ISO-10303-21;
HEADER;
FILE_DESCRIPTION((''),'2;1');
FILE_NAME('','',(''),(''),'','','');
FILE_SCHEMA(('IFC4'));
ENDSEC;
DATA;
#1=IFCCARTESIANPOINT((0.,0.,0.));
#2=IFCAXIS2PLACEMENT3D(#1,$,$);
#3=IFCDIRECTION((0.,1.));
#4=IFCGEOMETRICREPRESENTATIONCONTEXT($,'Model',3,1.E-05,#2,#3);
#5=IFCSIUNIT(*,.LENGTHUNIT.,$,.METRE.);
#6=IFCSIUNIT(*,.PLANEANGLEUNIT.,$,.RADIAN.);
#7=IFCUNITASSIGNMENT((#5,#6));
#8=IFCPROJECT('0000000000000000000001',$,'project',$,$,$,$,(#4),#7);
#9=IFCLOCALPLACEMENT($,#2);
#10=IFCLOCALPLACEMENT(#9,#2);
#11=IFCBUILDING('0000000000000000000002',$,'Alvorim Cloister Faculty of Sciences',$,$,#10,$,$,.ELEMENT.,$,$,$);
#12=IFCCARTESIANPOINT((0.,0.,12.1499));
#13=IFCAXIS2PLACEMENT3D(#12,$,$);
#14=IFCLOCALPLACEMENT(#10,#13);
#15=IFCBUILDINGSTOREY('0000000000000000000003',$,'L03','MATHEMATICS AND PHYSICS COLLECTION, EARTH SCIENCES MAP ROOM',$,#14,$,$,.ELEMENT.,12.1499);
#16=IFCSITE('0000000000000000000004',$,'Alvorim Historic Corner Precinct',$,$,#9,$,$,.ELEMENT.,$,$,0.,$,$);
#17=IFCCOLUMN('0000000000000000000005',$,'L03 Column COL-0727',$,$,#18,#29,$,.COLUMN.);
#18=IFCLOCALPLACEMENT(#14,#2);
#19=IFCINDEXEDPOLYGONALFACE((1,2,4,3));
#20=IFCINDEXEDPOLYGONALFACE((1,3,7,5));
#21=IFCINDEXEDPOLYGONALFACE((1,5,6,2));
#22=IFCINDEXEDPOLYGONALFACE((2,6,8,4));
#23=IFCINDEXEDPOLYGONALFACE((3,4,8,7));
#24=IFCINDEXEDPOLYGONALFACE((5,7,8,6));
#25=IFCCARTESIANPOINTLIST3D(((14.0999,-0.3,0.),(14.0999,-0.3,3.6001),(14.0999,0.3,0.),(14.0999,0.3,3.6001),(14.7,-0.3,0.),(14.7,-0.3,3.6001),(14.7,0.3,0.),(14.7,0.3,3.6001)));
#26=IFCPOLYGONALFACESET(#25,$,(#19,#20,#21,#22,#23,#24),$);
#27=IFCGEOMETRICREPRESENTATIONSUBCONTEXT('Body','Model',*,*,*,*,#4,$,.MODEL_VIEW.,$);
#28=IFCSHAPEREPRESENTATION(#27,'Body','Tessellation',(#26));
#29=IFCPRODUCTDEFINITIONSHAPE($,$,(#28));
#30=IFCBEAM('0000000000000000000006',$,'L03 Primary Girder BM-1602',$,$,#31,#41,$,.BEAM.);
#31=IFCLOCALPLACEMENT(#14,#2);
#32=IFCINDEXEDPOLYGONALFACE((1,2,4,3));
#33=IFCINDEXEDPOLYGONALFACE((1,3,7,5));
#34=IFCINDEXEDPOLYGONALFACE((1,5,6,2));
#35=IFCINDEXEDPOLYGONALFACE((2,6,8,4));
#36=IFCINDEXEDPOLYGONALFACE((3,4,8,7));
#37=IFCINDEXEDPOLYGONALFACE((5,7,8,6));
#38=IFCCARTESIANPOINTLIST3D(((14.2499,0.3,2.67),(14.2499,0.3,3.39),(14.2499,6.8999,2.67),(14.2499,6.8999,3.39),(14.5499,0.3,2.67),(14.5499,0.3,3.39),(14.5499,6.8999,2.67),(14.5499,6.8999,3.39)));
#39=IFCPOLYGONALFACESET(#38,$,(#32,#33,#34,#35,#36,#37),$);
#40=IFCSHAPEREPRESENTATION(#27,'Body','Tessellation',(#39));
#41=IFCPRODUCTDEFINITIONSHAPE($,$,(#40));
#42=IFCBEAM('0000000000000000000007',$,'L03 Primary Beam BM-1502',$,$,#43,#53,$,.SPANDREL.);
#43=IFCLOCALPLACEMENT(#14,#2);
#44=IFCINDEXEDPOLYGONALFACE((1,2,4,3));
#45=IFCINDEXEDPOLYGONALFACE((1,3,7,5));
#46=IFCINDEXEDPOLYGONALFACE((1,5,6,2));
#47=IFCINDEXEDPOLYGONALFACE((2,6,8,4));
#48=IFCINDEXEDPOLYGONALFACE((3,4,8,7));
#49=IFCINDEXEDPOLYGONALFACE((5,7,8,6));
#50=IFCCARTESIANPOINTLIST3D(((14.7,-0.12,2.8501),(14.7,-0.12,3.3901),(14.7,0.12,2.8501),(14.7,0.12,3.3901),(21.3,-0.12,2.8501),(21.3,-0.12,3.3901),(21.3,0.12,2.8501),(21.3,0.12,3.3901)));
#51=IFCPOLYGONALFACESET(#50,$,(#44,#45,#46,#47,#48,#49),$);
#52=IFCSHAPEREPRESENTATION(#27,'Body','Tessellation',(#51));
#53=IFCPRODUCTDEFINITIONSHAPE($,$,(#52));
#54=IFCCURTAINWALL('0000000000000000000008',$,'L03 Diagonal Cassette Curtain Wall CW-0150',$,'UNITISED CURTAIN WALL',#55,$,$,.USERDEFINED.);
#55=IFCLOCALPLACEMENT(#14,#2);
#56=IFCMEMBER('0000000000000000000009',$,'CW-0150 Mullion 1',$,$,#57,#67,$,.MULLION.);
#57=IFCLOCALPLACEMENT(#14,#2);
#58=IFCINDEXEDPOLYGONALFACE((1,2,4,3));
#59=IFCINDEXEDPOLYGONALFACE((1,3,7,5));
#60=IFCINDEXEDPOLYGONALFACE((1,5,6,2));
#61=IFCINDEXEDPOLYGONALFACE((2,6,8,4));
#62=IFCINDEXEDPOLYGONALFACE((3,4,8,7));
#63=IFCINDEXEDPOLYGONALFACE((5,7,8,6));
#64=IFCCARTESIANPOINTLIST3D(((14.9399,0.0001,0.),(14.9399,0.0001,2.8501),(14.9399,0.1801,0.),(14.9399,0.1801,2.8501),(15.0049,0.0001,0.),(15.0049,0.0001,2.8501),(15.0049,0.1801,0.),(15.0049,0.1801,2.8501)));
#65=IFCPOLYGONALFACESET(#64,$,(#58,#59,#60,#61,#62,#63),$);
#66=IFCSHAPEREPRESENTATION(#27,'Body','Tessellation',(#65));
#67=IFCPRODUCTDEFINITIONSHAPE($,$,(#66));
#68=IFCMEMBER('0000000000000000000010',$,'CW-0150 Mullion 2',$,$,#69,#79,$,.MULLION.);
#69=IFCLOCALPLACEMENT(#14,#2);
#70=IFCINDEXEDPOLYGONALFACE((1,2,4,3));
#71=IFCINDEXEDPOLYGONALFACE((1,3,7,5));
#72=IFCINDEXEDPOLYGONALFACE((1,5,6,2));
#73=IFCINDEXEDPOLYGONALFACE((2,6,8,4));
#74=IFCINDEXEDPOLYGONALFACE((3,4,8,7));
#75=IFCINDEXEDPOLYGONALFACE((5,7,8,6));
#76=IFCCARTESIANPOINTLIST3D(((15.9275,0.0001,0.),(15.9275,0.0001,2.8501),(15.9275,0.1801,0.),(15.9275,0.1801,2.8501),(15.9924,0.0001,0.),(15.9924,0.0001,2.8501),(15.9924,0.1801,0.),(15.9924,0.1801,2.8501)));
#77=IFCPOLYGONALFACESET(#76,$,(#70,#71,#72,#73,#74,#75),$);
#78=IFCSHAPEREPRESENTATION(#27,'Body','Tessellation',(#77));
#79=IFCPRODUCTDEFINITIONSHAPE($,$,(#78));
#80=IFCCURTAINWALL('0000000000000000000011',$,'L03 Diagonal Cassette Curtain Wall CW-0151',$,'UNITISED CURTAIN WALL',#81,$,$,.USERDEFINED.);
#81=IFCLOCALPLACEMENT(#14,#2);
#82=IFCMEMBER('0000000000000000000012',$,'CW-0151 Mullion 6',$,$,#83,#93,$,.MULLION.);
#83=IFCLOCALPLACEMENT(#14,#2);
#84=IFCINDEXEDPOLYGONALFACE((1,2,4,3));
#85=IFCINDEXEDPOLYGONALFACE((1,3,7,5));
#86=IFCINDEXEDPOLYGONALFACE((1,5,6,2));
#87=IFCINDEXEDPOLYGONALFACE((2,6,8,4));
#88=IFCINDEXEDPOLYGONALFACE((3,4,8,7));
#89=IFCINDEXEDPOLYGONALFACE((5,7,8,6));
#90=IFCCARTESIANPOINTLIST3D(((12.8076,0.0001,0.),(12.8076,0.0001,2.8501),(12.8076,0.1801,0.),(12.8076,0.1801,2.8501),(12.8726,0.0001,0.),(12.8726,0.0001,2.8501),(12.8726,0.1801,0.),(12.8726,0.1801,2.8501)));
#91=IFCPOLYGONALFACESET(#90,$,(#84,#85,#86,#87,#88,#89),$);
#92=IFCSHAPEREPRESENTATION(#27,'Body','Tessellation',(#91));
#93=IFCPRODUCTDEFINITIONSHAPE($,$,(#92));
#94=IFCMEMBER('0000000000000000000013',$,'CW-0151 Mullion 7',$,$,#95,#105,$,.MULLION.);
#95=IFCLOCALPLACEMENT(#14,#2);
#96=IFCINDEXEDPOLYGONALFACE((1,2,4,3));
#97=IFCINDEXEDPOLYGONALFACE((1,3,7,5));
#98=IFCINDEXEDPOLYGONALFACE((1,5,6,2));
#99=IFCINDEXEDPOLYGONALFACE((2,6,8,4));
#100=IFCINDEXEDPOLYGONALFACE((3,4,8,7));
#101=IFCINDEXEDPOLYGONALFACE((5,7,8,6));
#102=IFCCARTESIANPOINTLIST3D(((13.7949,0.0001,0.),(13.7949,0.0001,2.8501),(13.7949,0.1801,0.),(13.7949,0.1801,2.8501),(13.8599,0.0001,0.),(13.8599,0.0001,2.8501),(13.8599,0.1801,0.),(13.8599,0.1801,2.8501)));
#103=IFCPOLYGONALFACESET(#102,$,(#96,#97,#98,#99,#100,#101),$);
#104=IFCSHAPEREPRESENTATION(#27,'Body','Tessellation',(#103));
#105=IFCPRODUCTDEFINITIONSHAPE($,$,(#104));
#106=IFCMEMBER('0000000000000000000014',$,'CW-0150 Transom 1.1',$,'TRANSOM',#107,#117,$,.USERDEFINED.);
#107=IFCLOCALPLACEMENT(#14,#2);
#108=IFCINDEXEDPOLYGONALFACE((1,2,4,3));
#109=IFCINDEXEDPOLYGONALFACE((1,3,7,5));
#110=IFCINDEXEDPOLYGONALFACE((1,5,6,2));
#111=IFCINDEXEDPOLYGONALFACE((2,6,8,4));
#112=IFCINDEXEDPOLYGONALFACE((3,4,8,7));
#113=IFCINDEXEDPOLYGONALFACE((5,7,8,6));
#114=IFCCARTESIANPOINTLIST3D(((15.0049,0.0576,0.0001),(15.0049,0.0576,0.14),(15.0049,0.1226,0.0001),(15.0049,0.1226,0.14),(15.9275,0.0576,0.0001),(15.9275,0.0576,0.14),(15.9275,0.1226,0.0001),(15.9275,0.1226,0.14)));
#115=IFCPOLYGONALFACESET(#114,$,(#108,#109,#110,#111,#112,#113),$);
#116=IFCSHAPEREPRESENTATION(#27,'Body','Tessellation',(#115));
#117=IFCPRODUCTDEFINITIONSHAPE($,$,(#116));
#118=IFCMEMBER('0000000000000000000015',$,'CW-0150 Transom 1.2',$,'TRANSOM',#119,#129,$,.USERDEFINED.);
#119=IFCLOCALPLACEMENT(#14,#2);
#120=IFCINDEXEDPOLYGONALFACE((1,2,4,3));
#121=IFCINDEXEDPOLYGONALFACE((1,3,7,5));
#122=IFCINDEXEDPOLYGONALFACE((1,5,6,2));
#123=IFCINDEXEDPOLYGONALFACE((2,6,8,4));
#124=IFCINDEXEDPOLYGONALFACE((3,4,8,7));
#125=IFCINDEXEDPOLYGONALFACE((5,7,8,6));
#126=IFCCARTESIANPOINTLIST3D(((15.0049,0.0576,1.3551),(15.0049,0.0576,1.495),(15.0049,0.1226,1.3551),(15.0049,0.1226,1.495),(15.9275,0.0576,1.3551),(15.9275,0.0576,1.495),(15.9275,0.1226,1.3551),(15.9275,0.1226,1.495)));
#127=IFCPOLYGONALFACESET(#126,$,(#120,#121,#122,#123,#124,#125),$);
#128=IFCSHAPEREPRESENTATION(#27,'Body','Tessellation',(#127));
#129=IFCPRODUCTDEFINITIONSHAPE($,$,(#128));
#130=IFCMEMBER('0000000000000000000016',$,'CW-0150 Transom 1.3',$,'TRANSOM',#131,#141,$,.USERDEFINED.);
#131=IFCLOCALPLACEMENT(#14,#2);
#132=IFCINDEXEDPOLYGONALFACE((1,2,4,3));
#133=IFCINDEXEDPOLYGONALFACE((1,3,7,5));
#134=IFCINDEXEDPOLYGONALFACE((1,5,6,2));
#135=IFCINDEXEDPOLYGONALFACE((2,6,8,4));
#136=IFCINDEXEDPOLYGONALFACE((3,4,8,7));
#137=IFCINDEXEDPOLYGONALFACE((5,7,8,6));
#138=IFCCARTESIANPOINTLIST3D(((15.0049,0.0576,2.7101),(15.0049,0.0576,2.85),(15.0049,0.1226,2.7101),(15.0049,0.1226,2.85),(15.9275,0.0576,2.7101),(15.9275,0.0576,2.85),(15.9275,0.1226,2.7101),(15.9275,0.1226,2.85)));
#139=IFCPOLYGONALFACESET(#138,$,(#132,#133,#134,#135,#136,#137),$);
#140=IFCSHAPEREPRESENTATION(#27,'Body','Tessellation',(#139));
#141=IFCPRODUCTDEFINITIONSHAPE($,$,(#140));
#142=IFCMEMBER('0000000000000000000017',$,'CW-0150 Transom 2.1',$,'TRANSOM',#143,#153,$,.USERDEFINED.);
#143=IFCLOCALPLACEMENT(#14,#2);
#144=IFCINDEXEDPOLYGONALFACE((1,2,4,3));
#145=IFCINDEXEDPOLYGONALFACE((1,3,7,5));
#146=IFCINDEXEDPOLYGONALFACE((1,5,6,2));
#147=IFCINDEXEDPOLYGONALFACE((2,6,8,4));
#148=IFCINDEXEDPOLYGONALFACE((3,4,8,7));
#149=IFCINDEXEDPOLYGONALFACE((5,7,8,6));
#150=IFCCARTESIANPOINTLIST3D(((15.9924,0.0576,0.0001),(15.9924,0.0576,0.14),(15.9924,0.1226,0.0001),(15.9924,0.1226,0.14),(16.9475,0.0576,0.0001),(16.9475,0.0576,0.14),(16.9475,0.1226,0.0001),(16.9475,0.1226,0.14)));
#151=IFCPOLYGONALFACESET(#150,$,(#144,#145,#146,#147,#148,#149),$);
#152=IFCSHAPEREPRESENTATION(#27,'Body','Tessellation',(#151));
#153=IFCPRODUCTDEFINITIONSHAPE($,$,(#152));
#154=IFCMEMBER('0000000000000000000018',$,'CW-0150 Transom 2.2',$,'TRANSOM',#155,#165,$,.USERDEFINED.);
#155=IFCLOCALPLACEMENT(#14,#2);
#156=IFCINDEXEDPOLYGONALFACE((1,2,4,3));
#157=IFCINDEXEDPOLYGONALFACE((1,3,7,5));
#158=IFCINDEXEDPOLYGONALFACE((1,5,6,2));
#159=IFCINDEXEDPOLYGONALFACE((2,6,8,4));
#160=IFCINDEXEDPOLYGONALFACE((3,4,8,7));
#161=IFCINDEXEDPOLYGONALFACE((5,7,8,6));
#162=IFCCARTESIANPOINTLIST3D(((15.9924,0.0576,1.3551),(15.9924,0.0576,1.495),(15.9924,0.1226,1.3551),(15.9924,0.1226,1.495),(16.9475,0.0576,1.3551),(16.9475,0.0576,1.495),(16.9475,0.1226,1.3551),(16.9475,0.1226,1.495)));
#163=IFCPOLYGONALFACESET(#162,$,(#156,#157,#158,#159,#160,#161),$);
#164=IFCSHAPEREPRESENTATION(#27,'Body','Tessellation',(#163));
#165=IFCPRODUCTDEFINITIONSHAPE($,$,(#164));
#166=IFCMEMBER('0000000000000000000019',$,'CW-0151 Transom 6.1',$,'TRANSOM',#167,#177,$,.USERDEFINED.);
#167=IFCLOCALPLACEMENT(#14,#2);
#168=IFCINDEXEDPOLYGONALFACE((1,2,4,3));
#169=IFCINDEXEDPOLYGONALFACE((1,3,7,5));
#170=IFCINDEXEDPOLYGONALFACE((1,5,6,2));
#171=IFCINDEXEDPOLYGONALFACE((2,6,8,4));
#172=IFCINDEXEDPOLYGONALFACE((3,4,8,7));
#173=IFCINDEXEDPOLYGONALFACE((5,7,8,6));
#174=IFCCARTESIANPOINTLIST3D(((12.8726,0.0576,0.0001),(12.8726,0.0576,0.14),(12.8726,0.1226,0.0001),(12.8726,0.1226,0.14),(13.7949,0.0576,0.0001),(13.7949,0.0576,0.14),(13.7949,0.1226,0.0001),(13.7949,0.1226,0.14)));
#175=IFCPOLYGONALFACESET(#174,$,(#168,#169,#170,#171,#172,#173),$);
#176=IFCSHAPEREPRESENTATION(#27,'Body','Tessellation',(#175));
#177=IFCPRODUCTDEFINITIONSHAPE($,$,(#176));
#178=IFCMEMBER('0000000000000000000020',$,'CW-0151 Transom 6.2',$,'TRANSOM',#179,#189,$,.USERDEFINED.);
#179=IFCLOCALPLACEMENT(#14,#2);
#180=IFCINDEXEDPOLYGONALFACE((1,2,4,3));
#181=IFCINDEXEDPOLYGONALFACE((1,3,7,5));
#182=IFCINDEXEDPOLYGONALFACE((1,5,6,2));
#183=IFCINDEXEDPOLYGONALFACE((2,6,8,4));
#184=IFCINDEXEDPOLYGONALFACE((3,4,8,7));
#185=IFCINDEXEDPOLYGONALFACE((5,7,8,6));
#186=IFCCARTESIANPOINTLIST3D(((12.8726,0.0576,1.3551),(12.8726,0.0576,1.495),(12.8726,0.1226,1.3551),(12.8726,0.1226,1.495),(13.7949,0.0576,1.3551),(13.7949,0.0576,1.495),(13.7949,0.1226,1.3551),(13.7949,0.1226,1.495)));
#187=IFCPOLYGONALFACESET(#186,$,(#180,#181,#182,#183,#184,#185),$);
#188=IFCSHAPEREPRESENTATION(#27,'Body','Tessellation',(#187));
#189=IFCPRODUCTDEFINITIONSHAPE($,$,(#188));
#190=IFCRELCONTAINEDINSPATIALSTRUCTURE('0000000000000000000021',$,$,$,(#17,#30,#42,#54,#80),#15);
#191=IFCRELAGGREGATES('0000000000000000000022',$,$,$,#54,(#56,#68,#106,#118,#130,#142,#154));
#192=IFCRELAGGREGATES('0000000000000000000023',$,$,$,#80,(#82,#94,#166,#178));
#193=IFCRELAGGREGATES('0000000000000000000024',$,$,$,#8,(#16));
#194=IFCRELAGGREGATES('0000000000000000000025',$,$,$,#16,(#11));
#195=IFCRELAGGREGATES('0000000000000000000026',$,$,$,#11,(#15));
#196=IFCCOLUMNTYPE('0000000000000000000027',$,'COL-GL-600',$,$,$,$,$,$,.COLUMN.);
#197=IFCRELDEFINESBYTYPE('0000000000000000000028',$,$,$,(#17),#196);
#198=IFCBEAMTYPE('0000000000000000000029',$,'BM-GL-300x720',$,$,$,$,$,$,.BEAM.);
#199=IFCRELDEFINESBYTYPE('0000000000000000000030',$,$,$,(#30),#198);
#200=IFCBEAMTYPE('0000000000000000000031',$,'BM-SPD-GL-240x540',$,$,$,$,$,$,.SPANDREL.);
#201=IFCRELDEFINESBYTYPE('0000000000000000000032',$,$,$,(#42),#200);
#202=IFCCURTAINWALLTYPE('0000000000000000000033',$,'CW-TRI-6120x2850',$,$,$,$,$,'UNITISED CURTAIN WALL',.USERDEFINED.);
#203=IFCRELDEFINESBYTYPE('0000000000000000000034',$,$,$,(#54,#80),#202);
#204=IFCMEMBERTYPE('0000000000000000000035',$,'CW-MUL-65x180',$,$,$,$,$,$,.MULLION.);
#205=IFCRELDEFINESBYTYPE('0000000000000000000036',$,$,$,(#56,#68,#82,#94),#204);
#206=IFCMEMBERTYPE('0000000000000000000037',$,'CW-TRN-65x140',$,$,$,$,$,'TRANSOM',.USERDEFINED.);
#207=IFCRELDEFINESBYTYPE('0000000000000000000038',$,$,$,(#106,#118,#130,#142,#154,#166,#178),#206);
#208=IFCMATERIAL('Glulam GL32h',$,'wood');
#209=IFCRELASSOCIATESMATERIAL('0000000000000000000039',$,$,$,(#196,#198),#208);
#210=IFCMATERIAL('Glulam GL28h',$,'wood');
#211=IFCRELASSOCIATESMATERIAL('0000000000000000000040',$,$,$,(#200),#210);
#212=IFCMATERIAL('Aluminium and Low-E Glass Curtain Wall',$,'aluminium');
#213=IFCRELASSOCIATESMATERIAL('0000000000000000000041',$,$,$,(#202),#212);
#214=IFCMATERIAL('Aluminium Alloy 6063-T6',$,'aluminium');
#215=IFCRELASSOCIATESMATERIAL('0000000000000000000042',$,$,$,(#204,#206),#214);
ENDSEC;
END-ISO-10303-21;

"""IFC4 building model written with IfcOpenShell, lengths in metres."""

from ifc_helpers import new_model, si_unit, direction, frame, origin, origin_2d, place, context, subcontext, project, spatial, rectangle, extrude, material, material_profile, profile_set, type_object, element, aggregate, save


model = new_model("IFC4")

# Units and contexts
model_context = context("Model", 3, precision=1e-05, world=origin(), true_north=direction((0.0, 1.0)))
body_context = subcontext(model_context, "Body", "Model", "MODEL_VIEW")
ifc_project = project(units=[si_unit("LENGTHUNIT", "METRE"), si_unit("PLANEANGLEUNIT", "RADIAN")], contexts=[model_context])

# Site, building, storey
site_placement = place(None, origin())
site = spatial("IfcSite", under=ifc_project, at=site_placement, Name="Alvorim Historic Corner Precinct", CompositionType="ELEMENT", RefElevation=0.0)
building_placement = place(site_placement, origin())
building = spatial("IfcBuilding", under=site, at=building_placement, Name="Alvorim Cloister Faculty of Sciences", CompositionType="ELEMENT")
storey_placement = place(building_placement, frame((0.0, 0.0, 12.1499)))
storey = spatial("IfcBuildingStorey", under=building, at=storey_placement, Name="L03", Description="MATHEMATICS AND PHYSICS COLLECTION, EARTH SCIENCES MAP ROOM", CompositionType="ELEMENT", Elevation=12.1499)

# Column
ifc_material_1 = material(Name="Glulam GL32h", Category="wood")
ifc_material_profile_1 = material_profile(ifc_material_1, rectangle(XDim=0.6001, YDim=0.6001, at=origin_2d()), Name="GL32-COL-600x600")
ifc_profile_set_1 = profile_set([ifc_material_profile_1], Name="Glulam GL32h")
column_type = type_object("IfcColumnType", Name="COL-GL-600", PredefinedType="COLUMN", material=ifc_profile_set_1)
column_placement = place(storey_placement, frame((14.3999, 0.0, 0.0), z_axis=(0.0, 0.0, 1.0), x_axis=(1.0, 0.0, 0.0)))
element("IfcColumn", 1, at=column_placement, inside=storey, type_object=column_type, Name="L03 Column COL-0727", PredefinedType="COLUMN", context=body_context, shape_type="SweptSolid", body=[
    extrude(rectangle(XDim=0.6001, YDim=0.6001, at=origin_2d()), origin(), (0.0, 0.0, 1.0), 3.6001),
])

# Beams
ifc_material_profile_2 = material_profile(ifc_material_1, rectangle(XDim=0.3, YDim=0.72, at=origin_2d()), Name="GL32-BM-300x720")
ifc_profile_set_2 = profile_set([ifc_material_profile_2], Name="Glulam GL32h")
beam_type_1 = type_object("IfcBeamType", Name="BM-GL-300x720", PredefinedType="BEAM", material=ifc_profile_set_2)
beam_1_placement = place(storey_placement, frame((14.3999, 0.3, 3.03), z_axis=(0.0, 1.0, 0.0), x_axis=(-1.0, 0.0, 0.0)))
element("IfcBeam", 2, at=beam_1_placement, inside=storey, type_object=beam_type_1, Name="L03 Primary Girder BM-1602", PredefinedType="BEAM", context=body_context, shape_type="SweptSolid", body=[
    extrude(rectangle(XDim=0.3, YDim=0.72, at=origin_2d()), origin(), (0.0, 0.0, 1.0), 6.5999),
])
ifc_material_2 = material(Name="Glulam GL28h", Category="wood")
ifc_material_profile_3 = material_profile(ifc_material_2, rectangle(XDim=0.24, YDim=0.54, at=origin_2d()), Name="GL28-SPD-240x540")
ifc_profile_set_3 = profile_set([ifc_material_profile_3], Name="Glulam GL28h")
beam_type_2 = type_object("IfcBeamType", Name="BM-SPD-GL-240x540", PredefinedType="SPANDREL", material=ifc_profile_set_3)
beam_2_placement = place(storey_placement, frame((14.7, 0.0, 3.1201), z_axis=(1.0, 0.0, 0.0), x_axis=(0.0, 1.0, 0.0)))
element("IfcBeam", 3, at=beam_2_placement, inside=storey, type_object=beam_type_2, Name="L03 Primary Beam BM-1502", PredefinedType="SPANDREL", context=body_context, shape_type="SweptSolid", body=[
    extrude(rectangle(XDim=0.24, YDim=0.54, at=origin_2d()), origin(), (0.0, 0.0, 1.0), 6.6001),
])

# Curtain walls, members
ifc_material_3 = material(Name="Aluminium and Low-E Glass Curtain Wall", Category="aluminium")
curtain_wall_type = type_object("IfcCurtainWallType", Name="CW-TRI-6120x2850", ElementType="UNITISED CURTAIN WALL", PredefinedType="USERDEFINED", material=ifc_material_3)
curtain_wall_1_placement = place(storey_placement, origin())
curtain_wall_1 = element("IfcCurtainWall", 4, at=curtain_wall_1_placement, inside=storey, type_object=curtain_wall_type, Name="L03 Diagonal Cassette Curtain Wall CW-0150", ObjectType="UNITISED CURTAIN WALL", PredefinedType="USERDEFINED")
ifc_material_4 = material(Name="Aluminium Alloy 6063-T6", Category="aluminium")
ifc_material_profile_4 = material_profile(ifc_material_4, rectangle(XDim=0.0649, YDim=0.1799, at=origin_2d()), Name="ALU-MUL-65x180")
ifc_profile_set_4 = profile_set([ifc_material_profile_4], Name="Aluminium Alloy 6063-T6")
member_type_1 = type_object("IfcMemberType", Name="CW-MUL-65x180", PredefinedType="MULLION", material=ifc_profile_set_4)
member_1_placement = place(storey_placement, frame((14.9724, 0.0901, 0.0), z_axis=(0.0, 0.0, 1.0), x_axis=(1.0, 0.0, 0.0)))
member_1 = element("IfcMember", 5, at=member_1_placement, type_object=member_type_1, Name="CW-0150 Mullion 1", PredefinedType="MULLION", context=body_context, shape_type="SweptSolid", body=[
    extrude(rectangle(XDim=0.0649, YDim=0.1799, at=origin_2d()), origin(), (0.0, 0.0, 1.0), 2.8501),
])
member_2_placement = place(storey_placement, frame((15.96, 0.0901, 0.0), z_axis=(0.0, 0.0, 1.0), x_axis=(1.0, 0.0, 0.0)))
member_2 = element("IfcMember", 6, at=member_2_placement, type_object=member_type_1, Name="CW-0150 Mullion 2", PredefinedType="MULLION", context=body_context, shape_type="SweptSolid", body=[
    extrude(rectangle(XDim=0.0649, YDim=0.1799, at=origin_2d()), origin(), (0.0, 0.0, 1.0), 2.8501),
])
curtain_wall_2_placement = place(storey_placement, origin())
curtain_wall_2 = element("IfcCurtainWall", 7, at=curtain_wall_2_placement, inside=storey, type_object=curtain_wall_type, Name="L03 Diagonal Cassette Curtain Wall CW-0151", ObjectType="UNITISED CURTAIN WALL", PredefinedType="USERDEFINED")
member_3_placement = place(storey_placement, frame((12.8401, 0.0901, 0.0), z_axis=(0.0, 0.0, 1.0), x_axis=(1.0, 0.0, 0.0)))
member_3 = element("IfcMember", 8, at=member_3_placement, type_object=member_type_1, Name="CW-0151 Mullion 6", PredefinedType="MULLION", context=body_context, shape_type="SweptSolid", body=[
    extrude(rectangle(XDim=0.0649, YDim=0.1799, at=origin_2d()), origin(), (0.0, 0.0, 1.0), 2.8501),
])
member_4_placement = place(storey_placement, frame((13.8274, 0.0901, 0.0), z_axis=(0.0, 0.0, 1.0), x_axis=(1.0, 0.0, 0.0)))
member_4 = element("IfcMember", 9, at=member_4_placement, type_object=member_type_1, Name="CW-0151 Mullion 7", PredefinedType="MULLION", context=body_context, shape_type="SweptSolid", body=[
    extrude(rectangle(XDim=0.0649, YDim=0.1799, at=origin_2d()), origin(), (0.0, 0.0, 1.0), 2.8501),
])

# Members
ifc_material_profile_5 = material_profile(ifc_material_4, rectangle(XDim=0.0649, YDim=0.1399, at=origin_2d()), Name="ALU-TRN-65x140")
ifc_profile_set_5 = profile_set([ifc_material_profile_5], Name="Aluminium Alloy 6063-T6")
member_type_2 = type_object("IfcMemberType", Name="CW-TRN-65x140", ElementType="TRANSOM", PredefinedType="USERDEFINED", material=ifc_profile_set_5)
member_5_placement = place(storey_placement, frame((15.0049, 0.0901, 0.0701), z_axis=(1.0, 0.0, 0.0), x_axis=(0.0, 1.0, 0.0)))
member_5 = element("IfcMember", 10, at=member_5_placement, type_object=member_type_2, Name="CW-0150 Transom 1.1", ObjectType="TRANSOM", PredefinedType="USERDEFINED", context=body_context, shape_type="SweptSolid", body=[
    extrude(rectangle(XDim=0.0649, YDim=0.1399, at=origin_2d()), origin(), (0.0, 0.0, 1.0), 0.9226),
])
member_6_placement = place(storey_placement, frame((15.0049, 0.0901, 1.425), z_axis=(1.0, 0.0, 0.0), x_axis=(0.0, 1.0, 0.0)))
member_6 = element("IfcMember", 11, at=member_6_placement, type_object=member_type_2, Name="CW-0150 Transom 1.2", ObjectType="TRANSOM", PredefinedType="USERDEFINED", context=body_context, shape_type="SweptSolid", body=[
    extrude(rectangle(XDim=0.0649, YDim=0.1399, at=origin_2d()), origin(), (0.0, 0.0, 1.0), 0.9226),
])
member_7_placement = place(storey_placement, frame((15.0049, 0.0901, 2.78), z_axis=(1.0, 0.0, 0.0), x_axis=(0.0, 1.0, 0.0)))
member_7 = element("IfcMember", 12, at=member_7_placement, type_object=member_type_2, Name="CW-0150 Transom 1.3", ObjectType="TRANSOM", PredefinedType="USERDEFINED", context=body_context, shape_type="SweptSolid", body=[
    extrude(rectangle(XDim=0.0649, YDim=0.1399, at=origin_2d()), origin(), (0.0, 0.0, 1.0), 0.9226),
])
member_8_placement = place(storey_placement, frame((15.9924, 0.0901, 0.0701), z_axis=(1.0, 0.0, 0.0), x_axis=(0.0, 1.0, 0.0)))
member_8 = element("IfcMember", 13, at=member_8_placement, type_object=member_type_2, Name="CW-0150 Transom 2.1", ObjectType="TRANSOM", PredefinedType="USERDEFINED", context=body_context, shape_type="SweptSolid", body=[
    extrude(rectangle(XDim=0.0649, YDim=0.1399, at=origin_2d()), origin(), (0.0, 0.0, 1.0), 0.9551),
])
member_9_placement = place(storey_placement, frame((15.9924, 0.0901, 1.425), z_axis=(1.0, 0.0, 0.0), x_axis=(0.0, 1.0, 0.0)))
member_9 = element("IfcMember", 14, at=member_9_placement, type_object=member_type_2, Name="CW-0150 Transom 2.2", ObjectType="TRANSOM", PredefinedType="USERDEFINED", context=body_context, shape_type="SweptSolid", body=[
    extrude(rectangle(XDim=0.0649, YDim=0.1399, at=origin_2d()), origin(), (0.0, 0.0, 1.0), 0.9551),
])
member_10_placement = place(storey_placement, frame((12.8726, 0.0901, 0.0701), z_axis=(1.0, 0.0, 0.0), x_axis=(0.0, 1.0, 0.0)))
member_10 = element("IfcMember", 15, at=member_10_placement, type_object=member_type_2, Name="CW-0151 Transom 6.1", ObjectType="TRANSOM", PredefinedType="USERDEFINED", context=body_context, shape_type="SweptSolid", body=[
    extrude(rectangle(XDim=0.0649, YDim=0.1399, at=origin_2d()), origin(), (0.0, 0.0, 1.0), 0.9224),
])
member_11_placement = place(storey_placement, frame((12.8726, 0.0901, 1.425), z_axis=(1.0, 0.0, 0.0), x_axis=(0.0, 1.0, 0.0)))
member_11 = element("IfcMember", 16, at=member_11_placement, type_object=member_type_2, Name="CW-0151 Transom 6.2", ObjectType="TRANSOM", PredefinedType="USERDEFINED", context=body_context, shape_type="SweptSolid", body=[
    extrude(rectangle(XDim=0.0649, YDim=0.1399, at=origin_2d()), origin(), (0.0, 0.0, 1.0), 0.9224),
])

aggregate(curtain_wall_1, [member_1, member_2, member_5, member_6, member_7, member_8, member_9])
aggregate(curtain_wall_2, [member_3, member_4, member_10, member_11])

save(model, "model.ifc")
